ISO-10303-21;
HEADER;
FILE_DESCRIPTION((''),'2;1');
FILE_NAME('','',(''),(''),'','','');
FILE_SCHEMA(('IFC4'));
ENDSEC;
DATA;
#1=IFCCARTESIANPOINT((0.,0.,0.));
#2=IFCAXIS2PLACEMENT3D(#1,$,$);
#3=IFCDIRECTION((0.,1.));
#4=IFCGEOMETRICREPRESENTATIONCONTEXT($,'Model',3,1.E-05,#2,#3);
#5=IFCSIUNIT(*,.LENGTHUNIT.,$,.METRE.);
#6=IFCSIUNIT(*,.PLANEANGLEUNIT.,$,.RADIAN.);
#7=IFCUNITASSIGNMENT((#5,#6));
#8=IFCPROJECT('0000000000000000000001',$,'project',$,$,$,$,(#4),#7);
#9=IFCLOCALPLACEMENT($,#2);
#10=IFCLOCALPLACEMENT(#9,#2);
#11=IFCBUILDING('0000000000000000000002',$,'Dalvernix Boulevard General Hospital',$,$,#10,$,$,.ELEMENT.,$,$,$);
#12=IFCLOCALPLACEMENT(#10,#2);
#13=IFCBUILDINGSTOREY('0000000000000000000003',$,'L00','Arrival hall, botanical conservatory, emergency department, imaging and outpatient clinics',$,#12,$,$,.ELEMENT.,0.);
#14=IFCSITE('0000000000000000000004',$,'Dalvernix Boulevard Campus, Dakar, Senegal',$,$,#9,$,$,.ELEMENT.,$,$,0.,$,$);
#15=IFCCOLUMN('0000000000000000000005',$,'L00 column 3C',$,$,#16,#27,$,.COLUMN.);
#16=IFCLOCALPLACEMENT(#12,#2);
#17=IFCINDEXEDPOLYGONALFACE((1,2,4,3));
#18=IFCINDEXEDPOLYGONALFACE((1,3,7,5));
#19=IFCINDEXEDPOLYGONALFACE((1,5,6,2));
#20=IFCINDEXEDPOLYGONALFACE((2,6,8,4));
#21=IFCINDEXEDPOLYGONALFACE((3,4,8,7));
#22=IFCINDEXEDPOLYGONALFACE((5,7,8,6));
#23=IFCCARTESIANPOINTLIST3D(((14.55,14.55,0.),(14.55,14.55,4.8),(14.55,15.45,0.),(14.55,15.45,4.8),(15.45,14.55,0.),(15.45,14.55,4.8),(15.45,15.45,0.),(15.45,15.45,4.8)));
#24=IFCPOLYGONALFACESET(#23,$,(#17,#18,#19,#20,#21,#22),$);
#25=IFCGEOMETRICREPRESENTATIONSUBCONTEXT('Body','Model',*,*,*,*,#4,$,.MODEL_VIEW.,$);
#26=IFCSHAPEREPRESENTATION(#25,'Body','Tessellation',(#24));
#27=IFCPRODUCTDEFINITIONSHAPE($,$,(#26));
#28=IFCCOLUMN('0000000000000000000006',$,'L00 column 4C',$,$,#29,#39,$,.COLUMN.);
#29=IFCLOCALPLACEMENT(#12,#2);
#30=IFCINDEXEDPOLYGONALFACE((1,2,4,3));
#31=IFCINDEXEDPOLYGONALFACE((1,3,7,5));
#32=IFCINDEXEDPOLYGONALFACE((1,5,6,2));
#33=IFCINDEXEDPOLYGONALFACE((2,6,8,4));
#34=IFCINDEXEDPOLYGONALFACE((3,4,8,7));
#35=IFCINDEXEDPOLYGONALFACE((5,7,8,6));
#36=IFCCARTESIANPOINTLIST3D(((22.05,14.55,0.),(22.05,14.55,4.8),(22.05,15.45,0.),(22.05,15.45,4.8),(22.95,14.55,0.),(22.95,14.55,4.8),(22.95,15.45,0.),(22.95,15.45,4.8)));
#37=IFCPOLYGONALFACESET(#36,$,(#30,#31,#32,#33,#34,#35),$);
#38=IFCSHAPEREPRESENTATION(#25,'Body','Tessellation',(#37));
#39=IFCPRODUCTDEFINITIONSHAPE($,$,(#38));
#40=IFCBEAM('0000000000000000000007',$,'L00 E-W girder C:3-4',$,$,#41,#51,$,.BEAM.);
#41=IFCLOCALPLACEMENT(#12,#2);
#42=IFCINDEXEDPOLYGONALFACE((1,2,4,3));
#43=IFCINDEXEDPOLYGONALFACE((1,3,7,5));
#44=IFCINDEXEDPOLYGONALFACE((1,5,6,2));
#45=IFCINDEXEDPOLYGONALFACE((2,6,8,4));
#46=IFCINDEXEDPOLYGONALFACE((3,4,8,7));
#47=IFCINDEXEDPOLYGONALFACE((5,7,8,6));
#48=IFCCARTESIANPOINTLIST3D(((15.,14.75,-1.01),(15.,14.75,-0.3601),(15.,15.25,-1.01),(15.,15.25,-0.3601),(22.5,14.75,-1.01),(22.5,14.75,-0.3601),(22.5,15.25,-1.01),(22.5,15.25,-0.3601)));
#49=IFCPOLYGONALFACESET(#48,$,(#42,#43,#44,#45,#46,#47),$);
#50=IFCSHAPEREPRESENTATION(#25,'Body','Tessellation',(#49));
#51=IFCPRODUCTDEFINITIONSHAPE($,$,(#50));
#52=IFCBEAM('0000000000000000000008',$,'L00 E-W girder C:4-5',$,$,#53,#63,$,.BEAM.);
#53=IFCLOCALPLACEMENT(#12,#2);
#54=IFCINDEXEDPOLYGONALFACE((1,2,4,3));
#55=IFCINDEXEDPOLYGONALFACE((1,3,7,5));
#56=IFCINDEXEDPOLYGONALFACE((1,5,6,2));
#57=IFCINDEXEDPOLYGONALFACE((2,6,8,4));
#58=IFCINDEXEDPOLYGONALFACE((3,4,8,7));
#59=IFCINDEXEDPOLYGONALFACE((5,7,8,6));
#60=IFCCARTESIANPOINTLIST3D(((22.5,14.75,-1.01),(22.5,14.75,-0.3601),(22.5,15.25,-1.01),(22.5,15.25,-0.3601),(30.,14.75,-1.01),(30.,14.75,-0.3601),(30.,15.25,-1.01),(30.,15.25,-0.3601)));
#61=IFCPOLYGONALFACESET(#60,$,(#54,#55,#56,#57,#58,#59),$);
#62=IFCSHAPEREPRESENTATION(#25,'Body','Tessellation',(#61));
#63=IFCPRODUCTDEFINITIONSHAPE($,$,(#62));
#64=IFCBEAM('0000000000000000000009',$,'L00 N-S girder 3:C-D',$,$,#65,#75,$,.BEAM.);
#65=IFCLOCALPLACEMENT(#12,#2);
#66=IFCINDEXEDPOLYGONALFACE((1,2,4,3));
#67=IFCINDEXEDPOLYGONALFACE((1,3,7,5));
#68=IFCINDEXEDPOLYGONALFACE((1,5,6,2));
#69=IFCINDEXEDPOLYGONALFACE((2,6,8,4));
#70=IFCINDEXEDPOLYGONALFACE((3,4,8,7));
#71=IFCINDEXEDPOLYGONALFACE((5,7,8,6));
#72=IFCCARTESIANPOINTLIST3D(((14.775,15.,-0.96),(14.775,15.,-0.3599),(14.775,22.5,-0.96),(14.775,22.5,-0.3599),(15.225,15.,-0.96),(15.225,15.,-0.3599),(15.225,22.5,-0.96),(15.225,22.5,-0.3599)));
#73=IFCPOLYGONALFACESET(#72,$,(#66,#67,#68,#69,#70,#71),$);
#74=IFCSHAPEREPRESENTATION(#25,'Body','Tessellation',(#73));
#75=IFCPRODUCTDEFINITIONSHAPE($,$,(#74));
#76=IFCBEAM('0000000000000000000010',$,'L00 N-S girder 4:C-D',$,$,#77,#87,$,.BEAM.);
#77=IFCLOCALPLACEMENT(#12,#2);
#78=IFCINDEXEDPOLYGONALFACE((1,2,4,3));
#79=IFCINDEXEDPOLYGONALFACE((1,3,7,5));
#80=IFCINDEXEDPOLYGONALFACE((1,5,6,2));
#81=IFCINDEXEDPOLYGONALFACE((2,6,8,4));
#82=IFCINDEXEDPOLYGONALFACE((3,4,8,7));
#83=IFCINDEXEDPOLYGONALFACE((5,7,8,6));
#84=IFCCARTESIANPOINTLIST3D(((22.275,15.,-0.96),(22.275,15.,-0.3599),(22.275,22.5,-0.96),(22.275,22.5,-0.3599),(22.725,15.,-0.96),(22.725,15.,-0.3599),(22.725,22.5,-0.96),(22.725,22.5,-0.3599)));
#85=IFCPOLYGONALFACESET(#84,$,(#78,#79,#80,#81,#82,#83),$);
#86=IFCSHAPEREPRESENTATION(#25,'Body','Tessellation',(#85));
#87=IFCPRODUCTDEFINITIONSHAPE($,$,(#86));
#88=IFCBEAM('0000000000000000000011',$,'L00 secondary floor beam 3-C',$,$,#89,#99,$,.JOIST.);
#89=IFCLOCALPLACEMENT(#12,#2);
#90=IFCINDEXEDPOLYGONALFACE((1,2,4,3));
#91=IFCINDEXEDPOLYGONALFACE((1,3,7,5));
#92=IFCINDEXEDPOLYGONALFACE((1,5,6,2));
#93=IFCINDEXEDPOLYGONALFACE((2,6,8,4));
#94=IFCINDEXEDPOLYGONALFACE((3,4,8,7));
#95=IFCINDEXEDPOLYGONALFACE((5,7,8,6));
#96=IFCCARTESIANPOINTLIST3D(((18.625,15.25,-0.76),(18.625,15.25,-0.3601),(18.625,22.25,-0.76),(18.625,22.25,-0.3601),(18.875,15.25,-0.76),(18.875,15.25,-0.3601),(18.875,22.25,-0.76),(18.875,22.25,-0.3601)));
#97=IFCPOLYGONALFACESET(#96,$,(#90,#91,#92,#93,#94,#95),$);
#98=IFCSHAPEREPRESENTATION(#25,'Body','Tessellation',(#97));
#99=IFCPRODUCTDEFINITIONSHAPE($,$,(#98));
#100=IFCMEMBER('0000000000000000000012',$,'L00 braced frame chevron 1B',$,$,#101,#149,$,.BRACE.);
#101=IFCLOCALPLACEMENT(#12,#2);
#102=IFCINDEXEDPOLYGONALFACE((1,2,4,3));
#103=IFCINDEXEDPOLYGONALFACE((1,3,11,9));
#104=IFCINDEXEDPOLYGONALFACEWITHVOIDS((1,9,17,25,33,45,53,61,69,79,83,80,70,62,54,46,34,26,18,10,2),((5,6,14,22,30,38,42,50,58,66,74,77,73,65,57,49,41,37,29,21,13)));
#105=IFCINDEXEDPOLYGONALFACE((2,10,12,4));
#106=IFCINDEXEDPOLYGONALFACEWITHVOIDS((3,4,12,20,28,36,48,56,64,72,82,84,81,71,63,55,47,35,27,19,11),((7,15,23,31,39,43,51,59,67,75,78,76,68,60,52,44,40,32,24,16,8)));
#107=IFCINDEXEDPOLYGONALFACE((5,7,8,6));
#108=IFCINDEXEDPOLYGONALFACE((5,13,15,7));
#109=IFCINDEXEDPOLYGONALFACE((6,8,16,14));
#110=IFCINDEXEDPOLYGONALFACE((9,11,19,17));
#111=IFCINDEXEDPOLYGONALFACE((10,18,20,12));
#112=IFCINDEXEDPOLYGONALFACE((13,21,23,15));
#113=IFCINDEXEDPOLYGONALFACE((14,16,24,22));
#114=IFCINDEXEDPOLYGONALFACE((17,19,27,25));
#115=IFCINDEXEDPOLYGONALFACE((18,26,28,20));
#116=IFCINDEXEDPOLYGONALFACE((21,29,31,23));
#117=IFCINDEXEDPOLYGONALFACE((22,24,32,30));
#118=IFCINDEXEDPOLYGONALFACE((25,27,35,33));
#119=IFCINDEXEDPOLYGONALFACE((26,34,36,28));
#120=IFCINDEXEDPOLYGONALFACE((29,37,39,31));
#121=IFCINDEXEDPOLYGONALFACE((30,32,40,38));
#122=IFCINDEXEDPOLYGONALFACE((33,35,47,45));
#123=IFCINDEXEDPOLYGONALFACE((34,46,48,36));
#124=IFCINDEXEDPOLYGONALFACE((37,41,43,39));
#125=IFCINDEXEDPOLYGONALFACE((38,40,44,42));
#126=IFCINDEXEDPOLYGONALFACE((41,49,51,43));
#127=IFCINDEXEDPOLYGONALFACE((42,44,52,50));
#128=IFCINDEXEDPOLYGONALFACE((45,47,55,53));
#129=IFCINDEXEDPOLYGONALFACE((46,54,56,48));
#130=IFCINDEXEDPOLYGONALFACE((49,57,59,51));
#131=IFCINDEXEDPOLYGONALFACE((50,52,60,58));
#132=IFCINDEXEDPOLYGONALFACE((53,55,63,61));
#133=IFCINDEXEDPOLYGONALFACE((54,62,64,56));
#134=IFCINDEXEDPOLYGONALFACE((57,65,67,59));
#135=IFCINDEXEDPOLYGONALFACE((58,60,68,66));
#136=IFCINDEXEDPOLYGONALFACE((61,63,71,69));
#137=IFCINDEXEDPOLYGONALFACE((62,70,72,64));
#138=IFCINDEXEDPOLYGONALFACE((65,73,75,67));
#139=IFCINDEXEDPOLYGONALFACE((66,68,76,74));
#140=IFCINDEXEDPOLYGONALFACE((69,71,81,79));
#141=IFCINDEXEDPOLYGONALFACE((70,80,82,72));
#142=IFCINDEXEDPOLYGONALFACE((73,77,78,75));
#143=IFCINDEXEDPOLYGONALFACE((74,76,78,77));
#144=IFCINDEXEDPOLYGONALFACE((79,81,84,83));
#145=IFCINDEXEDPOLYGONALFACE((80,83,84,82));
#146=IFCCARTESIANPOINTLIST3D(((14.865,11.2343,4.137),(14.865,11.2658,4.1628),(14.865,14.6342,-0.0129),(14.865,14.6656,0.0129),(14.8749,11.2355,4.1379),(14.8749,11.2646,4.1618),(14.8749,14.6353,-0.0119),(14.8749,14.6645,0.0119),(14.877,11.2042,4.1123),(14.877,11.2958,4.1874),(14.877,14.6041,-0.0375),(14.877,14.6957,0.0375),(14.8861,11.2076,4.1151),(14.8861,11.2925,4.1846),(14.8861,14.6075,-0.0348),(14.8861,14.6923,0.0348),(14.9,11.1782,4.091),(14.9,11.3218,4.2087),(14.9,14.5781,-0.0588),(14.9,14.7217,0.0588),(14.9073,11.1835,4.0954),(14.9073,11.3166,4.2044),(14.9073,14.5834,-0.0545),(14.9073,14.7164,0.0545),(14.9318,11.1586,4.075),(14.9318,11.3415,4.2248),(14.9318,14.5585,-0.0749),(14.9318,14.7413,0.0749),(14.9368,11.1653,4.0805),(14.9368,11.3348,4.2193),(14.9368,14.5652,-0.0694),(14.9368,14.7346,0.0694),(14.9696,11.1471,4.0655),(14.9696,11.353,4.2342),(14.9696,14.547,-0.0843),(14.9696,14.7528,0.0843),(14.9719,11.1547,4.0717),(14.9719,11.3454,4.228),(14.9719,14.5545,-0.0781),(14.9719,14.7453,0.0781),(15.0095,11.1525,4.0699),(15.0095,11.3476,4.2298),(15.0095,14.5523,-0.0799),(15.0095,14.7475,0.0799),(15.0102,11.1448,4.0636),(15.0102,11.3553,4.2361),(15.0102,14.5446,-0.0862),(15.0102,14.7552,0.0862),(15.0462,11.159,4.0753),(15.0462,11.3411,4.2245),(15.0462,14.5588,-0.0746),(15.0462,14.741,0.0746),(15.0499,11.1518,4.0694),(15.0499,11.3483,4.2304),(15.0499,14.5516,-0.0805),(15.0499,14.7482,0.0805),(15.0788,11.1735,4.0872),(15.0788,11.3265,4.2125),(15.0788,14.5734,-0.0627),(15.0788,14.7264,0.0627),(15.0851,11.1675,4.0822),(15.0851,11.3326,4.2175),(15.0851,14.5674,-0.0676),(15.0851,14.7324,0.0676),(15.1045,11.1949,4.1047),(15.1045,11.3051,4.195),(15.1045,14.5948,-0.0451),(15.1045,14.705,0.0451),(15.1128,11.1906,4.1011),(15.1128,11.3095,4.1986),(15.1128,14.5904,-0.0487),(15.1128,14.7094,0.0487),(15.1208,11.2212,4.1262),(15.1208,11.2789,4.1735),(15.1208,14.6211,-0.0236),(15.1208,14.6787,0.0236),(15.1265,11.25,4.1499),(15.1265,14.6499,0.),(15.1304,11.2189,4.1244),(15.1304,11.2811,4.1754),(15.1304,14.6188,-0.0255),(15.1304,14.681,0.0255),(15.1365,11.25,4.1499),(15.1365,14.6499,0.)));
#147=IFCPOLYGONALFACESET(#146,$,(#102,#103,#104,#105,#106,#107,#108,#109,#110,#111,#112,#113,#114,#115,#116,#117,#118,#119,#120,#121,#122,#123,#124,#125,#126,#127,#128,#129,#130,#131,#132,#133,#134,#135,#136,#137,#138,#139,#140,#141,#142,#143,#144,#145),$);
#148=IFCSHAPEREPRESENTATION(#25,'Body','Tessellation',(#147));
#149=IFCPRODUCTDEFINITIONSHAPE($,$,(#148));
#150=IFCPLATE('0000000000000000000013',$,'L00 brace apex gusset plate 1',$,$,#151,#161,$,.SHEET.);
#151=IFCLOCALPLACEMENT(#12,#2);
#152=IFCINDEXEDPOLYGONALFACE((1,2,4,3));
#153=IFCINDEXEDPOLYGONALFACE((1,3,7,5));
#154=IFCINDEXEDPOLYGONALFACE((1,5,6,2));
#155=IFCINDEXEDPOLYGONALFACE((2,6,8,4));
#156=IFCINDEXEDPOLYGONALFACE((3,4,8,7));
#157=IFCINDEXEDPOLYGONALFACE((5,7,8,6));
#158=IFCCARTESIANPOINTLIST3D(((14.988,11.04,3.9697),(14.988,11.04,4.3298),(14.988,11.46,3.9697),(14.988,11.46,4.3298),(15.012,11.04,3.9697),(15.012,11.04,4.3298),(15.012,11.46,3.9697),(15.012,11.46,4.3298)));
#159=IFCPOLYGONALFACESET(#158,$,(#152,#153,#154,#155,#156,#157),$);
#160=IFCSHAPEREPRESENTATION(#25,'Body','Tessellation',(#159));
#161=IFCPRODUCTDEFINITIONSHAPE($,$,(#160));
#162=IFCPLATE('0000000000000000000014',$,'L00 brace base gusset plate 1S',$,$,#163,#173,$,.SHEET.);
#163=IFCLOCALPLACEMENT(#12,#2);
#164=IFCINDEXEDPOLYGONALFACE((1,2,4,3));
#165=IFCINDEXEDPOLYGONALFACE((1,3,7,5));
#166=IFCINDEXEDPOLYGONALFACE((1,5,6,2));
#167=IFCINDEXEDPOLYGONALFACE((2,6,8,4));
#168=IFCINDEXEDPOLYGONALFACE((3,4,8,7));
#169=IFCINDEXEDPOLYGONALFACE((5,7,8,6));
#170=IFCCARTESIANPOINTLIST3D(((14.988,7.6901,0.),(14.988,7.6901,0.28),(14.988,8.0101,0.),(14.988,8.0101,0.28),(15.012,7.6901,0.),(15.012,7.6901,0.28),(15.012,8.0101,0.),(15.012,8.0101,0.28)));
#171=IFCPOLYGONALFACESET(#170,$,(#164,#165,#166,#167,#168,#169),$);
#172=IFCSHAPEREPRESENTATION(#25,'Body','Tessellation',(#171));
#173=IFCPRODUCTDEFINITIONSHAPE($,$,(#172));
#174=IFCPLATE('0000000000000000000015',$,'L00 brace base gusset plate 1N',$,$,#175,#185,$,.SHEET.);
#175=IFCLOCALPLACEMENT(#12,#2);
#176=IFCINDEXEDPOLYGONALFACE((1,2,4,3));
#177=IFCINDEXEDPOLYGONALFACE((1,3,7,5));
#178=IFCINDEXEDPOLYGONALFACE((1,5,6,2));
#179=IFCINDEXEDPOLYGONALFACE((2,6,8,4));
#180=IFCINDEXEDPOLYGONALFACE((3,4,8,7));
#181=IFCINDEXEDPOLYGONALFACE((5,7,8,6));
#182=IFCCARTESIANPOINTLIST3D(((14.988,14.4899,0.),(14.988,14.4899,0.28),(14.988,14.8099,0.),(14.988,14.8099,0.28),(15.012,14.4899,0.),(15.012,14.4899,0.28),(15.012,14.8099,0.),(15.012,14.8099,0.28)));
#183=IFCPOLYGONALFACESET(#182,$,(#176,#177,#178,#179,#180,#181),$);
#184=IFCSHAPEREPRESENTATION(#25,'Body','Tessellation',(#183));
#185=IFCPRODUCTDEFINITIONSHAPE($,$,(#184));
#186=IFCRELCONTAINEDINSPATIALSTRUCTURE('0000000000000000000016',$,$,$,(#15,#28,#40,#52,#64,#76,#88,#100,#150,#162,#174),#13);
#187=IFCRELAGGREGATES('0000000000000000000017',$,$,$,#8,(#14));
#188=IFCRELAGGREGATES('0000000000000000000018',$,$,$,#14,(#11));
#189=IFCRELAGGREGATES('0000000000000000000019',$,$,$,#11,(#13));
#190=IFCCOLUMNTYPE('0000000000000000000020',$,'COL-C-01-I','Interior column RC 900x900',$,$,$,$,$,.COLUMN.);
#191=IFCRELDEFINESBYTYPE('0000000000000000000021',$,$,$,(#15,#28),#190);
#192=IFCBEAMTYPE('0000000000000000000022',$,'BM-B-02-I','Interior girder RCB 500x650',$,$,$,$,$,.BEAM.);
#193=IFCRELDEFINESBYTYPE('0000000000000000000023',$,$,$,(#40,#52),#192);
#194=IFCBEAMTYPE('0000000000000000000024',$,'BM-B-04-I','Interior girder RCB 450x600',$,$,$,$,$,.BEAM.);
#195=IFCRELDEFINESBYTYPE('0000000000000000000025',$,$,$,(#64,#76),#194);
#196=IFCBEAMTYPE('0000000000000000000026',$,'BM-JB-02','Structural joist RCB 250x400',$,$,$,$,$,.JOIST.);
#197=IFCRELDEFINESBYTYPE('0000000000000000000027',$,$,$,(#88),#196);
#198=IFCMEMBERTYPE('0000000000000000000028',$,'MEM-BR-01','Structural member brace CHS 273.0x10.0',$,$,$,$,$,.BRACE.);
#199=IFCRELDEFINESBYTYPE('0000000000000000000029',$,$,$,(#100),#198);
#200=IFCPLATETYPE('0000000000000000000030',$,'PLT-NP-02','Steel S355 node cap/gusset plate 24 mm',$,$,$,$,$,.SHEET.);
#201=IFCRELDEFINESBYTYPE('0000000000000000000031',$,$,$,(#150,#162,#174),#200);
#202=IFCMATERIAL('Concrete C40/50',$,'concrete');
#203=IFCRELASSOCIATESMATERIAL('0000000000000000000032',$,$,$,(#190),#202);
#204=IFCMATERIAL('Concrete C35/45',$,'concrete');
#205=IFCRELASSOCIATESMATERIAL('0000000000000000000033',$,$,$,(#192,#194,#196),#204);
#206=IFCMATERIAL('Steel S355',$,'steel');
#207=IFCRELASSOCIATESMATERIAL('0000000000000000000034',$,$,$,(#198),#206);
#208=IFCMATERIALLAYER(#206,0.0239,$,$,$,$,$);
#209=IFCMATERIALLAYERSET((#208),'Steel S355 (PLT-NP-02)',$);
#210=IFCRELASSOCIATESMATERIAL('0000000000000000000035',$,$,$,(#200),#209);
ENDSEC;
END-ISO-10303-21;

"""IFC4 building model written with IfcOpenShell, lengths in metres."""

from ifc_helpers import new_model, si_unit, direction, frame, origin, origin_2d, place, context, subcontext, project, spatial, rectangle, hollow_circle, extrude, material, layer, layer_set, material_profile, profile_set, type_object, element, save


model = new_model("IFC4")

# Units and contexts
model_context = context("Model", 3, precision=1e-05, world=origin(), true_north=direction((0.0, 1.0)))
body_context = subcontext(model_context, "Body", "Model", "MODEL_VIEW")
ifc_project = project(units=[si_unit("LENGTHUNIT", "METRE"), si_unit("PLANEANGLEUNIT", "RADIAN")], contexts=[model_context])

# Site, building, storey
site_placement = place(None, origin())
site = spatial("IfcSite", under=ifc_project, at=site_placement, Name="Dalvernix Boulevard Campus, Dakar, Senegal", CompositionType="ELEMENT", RefElevation=0.0)
building_placement = place(site_placement, origin())
building = spatial("IfcBuilding", under=site, at=building_placement, Name="Dalvernix Boulevard General Hospital", CompositionType="ELEMENT")
storey_placement = place(building_placement, origin())
storey = spatial("IfcBuildingStorey", under=building, at=storey_placement, Name="L00", Description="Arrival hall, botanical conservatory, emergency department, imaging and outpatient clinics", CompositionType="ELEMENT", Elevation=0.0)

# Columns
ifc_material_1 = material(Name="Concrete C40/50", Category="concrete")
ifc_material_profile_1 = material_profile(ifc_material_1, rectangle(XDim=0.8999, YDim=0.8999, at=origin_2d()), Name="RC 900x900")
ifc_profile_set_1 = profile_set([ifc_material_profile_1], Name="Concrete C40/50")
column_type = type_object("IfcColumnType", Name="COL-C-01-I", Description="Interior column RC 900x900", PredefinedType="COLUMN", material=ifc_profile_set_1)
for number, where, z_axis, x_axis, name in (
    (1, (15.0, 15.0, 0.0), (0.0, 0.0, 1.0), (1.0, 0.0, 0.0), "L00 column 3C"),
    (2, (22.5, 15.0, 0.0), (0.0, 0.0, 1.0), (1.0, 0.0, 0.0), "L00 column 4C"),
):
    element("IfcColumn", number, at=place(storey_placement, frame(where, z_axis=z_axis, x_axis=x_axis)), inside=storey, type_object=column_type, Name=name, PredefinedType="COLUMN", context=body_context, shape_type="SweptSolid", body=[
        extrude(rectangle(XDim=0.8999, YDim=0.8999, at=origin_2d()), origin(), (0.0, 0.0, 1.0), 4.8),
    ])

# Beams
ifc_material_2 = material(Name="Concrete C35/45", Category="concrete")
ifc_material_profile_2 = material_profile(ifc_material_2, rectangle(XDim=0.5, YDim=0.6499, at=origin_2d()), Name="RCB 500x650")
ifc_profile_set_2 = profile_set([ifc_material_profile_2], Name="Concrete C35/45")
beam_type_1 = type_object("IfcBeamType", Name="BM-B-02-I", Description="Interior girder RCB 500x650", PredefinedType="BEAM", material=ifc_profile_set_2)
for number, where, z_axis, x_axis, name in (
    (3, (15.0, 15.0, -0.6851), (1.0, 0.0, 0.0), (0.0, 1.0, 0.0), "L00 E-W girder C:3-4"),
    (4, (22.5, 15.0, -0.6851), (1.0, 0.0, 0.0), (0.0, 1.0, 0.0), "L00 E-W girder C:4-5"),
):
    element("IfcBeam", number, at=place(storey_placement, frame(where, z_axis=z_axis, x_axis=x_axis)), inside=storey, type_object=beam_type_1, Name=name, PredefinedType="BEAM", context=body_context, shape_type="SweptSolid", body=[
        extrude(rectangle(XDim=0.5, YDim=0.6499, at=origin_2d()), origin(), (0.0, 0.0, 1.0), 7.5),
    ])
ifc_material_profile_3 = material_profile(ifc_material_2, rectangle(XDim=0.45, YDim=0.6001, at=origin_2d()), Name="RCB 450x600")
ifc_profile_set_3 = profile_set([ifc_material_profile_3], Name="Concrete C35/45")
beam_type_2 = type_object("IfcBeamType", Name="BM-B-04-I", Description="Interior girder RCB 450x600", PredefinedType="BEAM", material=ifc_profile_set_3)
for number, where, z_axis, x_axis, name in (
    (5, (15.0, 15.0, -0.6599), (0.0, 1.0, 0.0), (-1.0, 0.0, 0.0), "L00 N-S girder 3:C-D"),
    (6, (22.5, 15.0, -0.6599), (0.0, 1.0, 0.0), (-1.0, 0.0, 0.0), "L00 N-S girder 4:C-D"),
):
    element("IfcBeam", number, at=place(storey_placement, frame(where, z_axis=z_axis, x_axis=x_axis)), inside=storey, type_object=beam_type_2, Name=name, PredefinedType="BEAM", context=body_context, shape_type="SweptSolid", body=[
        extrude(rectangle(XDim=0.45, YDim=0.6001, at=origin_2d()), origin(), (0.0, 0.0, 1.0), 7.5),
    ])
ifc_material_profile_4 = material_profile(ifc_material_2, rectangle(XDim=0.25, YDim=0.3999, at=origin_2d()), Name="RCB 250x400")
ifc_profile_set_4 = profile_set([ifc_material_profile_4], Name="Concrete C35/45")
beam_type_3 = type_object("IfcBeamType", Name="BM-JB-02", Description="Structural joist RCB 250x400", PredefinedType="JOIST", material=ifc_profile_set_4)
beam_placement = place(storey_placement, frame((18.75, 15.25, -0.5601), z_axis=(0.0, 1.0, 0.0), x_axis=(-1.0, 0.0, 0.0)))
element("IfcBeam", 7, at=beam_placement, inside=storey, type_object=beam_type_3, Name="L00 secondary floor beam 3-C", PredefinedType="JOIST", context=body_context, shape_type="SweptSolid", body=[
    extrude(rectangle(XDim=0.25, YDim=0.3999, at=origin_2d()), origin(), (0.0, 0.0, 1.0), 7.0),
])

# Member
ifc_material_3 = material(Name="Steel S355", Category="steel")
ifc_material_profile_5 = material_profile(ifc_material_3, hollow_circle(Radius=0.1365, WallThickness=0.01, at=origin_2d()), Name="CHS 273.0x10.0")
ifc_profile_set_5 = profile_set([ifc_material_profile_5], Name="Steel S355")
member_type = type_object("IfcMemberType", Name="MEM-BR-01", Description="Structural member brace CHS 273.0x10.0", PredefinedType="BRACE", material=ifc_profile_set_5)
member_placement = place(storey_placement, frame((15.0, 14.6499, 0.0), z_axis=(0.0, -0.633743, 0.773544), x_axis=(1.0, 0.0, 0.0)))
element("IfcMember", 8, at=member_placement, inside=storey, type_object=member_type, Name="L00 braced frame chevron 1B", PredefinedType="BRACE", context=body_context, shape_type="SweptSolid", body=[
    extrude(hollow_circle(Radius=0.1365, WallThickness=0.01, at=origin_2d()), origin(), (0.0, 0.0, 1.0), 5.3647),
])

# Plates
ifc_layer_1 = layer(ifc_material_3, 0.0239)
ifc_layer_set_1 = layer_set([ifc_layer_1], Name="Steel S355 (PLT-NP-02)")
plate_type = type_object("IfcPlateType", Name="PLT-NP-02", Description="Steel S355 node cap/gusset plate 24 mm", PredefinedType="SHEET", material=ifc_layer_set_1)
plate_placement = place(storey_placement, frame((15.0, 11.25, 3.9697), z_axis=(0.0, 0.0, 1.0), x_axis=(0.0, 1.0, 0.0)))
element("IfcPlate", 9, at=plate_placement, inside=storey, type_object=plate_type, Name="L00 brace apex gusset plate 1", PredefinedType="SHEET", context=body_context, shape_type="SweptSolid", body=[
    extrude(rectangle(XDim=0.4199, YDim=0.0239, at=origin_2d()), origin(), (0.0, 0.0, 1.0), 0.3601),
])
for number, where, z_axis, x_axis, name in (
    (10, (15.0, 7.8501, 0.0), (0.0, 0.0, 1.0), (0.0, 1.0, 0.0), "L00 brace base gusset plate 1S"),
    (11, (15.0, 14.6499, 0.0), (0.0, 0.0, 1.0), (0.0, 1.0, 0.0), "L00 brace base gusset plate 1N"),
):
    element("IfcPlate", number, at=place(storey_placement, frame(where, z_axis=z_axis, x_axis=x_axis)), inside=storey, type_object=plate_type, Name=name, PredefinedType="SHEET", context=body_context, shape_type="SweptSolid", body=[
        extrude(rectangle(XDim=0.3201, YDim=0.0239, at=origin_2d()), origin(), (0.0, 0.0, 1.0), 0.28),
    ])

save(model, "model.ifc")
